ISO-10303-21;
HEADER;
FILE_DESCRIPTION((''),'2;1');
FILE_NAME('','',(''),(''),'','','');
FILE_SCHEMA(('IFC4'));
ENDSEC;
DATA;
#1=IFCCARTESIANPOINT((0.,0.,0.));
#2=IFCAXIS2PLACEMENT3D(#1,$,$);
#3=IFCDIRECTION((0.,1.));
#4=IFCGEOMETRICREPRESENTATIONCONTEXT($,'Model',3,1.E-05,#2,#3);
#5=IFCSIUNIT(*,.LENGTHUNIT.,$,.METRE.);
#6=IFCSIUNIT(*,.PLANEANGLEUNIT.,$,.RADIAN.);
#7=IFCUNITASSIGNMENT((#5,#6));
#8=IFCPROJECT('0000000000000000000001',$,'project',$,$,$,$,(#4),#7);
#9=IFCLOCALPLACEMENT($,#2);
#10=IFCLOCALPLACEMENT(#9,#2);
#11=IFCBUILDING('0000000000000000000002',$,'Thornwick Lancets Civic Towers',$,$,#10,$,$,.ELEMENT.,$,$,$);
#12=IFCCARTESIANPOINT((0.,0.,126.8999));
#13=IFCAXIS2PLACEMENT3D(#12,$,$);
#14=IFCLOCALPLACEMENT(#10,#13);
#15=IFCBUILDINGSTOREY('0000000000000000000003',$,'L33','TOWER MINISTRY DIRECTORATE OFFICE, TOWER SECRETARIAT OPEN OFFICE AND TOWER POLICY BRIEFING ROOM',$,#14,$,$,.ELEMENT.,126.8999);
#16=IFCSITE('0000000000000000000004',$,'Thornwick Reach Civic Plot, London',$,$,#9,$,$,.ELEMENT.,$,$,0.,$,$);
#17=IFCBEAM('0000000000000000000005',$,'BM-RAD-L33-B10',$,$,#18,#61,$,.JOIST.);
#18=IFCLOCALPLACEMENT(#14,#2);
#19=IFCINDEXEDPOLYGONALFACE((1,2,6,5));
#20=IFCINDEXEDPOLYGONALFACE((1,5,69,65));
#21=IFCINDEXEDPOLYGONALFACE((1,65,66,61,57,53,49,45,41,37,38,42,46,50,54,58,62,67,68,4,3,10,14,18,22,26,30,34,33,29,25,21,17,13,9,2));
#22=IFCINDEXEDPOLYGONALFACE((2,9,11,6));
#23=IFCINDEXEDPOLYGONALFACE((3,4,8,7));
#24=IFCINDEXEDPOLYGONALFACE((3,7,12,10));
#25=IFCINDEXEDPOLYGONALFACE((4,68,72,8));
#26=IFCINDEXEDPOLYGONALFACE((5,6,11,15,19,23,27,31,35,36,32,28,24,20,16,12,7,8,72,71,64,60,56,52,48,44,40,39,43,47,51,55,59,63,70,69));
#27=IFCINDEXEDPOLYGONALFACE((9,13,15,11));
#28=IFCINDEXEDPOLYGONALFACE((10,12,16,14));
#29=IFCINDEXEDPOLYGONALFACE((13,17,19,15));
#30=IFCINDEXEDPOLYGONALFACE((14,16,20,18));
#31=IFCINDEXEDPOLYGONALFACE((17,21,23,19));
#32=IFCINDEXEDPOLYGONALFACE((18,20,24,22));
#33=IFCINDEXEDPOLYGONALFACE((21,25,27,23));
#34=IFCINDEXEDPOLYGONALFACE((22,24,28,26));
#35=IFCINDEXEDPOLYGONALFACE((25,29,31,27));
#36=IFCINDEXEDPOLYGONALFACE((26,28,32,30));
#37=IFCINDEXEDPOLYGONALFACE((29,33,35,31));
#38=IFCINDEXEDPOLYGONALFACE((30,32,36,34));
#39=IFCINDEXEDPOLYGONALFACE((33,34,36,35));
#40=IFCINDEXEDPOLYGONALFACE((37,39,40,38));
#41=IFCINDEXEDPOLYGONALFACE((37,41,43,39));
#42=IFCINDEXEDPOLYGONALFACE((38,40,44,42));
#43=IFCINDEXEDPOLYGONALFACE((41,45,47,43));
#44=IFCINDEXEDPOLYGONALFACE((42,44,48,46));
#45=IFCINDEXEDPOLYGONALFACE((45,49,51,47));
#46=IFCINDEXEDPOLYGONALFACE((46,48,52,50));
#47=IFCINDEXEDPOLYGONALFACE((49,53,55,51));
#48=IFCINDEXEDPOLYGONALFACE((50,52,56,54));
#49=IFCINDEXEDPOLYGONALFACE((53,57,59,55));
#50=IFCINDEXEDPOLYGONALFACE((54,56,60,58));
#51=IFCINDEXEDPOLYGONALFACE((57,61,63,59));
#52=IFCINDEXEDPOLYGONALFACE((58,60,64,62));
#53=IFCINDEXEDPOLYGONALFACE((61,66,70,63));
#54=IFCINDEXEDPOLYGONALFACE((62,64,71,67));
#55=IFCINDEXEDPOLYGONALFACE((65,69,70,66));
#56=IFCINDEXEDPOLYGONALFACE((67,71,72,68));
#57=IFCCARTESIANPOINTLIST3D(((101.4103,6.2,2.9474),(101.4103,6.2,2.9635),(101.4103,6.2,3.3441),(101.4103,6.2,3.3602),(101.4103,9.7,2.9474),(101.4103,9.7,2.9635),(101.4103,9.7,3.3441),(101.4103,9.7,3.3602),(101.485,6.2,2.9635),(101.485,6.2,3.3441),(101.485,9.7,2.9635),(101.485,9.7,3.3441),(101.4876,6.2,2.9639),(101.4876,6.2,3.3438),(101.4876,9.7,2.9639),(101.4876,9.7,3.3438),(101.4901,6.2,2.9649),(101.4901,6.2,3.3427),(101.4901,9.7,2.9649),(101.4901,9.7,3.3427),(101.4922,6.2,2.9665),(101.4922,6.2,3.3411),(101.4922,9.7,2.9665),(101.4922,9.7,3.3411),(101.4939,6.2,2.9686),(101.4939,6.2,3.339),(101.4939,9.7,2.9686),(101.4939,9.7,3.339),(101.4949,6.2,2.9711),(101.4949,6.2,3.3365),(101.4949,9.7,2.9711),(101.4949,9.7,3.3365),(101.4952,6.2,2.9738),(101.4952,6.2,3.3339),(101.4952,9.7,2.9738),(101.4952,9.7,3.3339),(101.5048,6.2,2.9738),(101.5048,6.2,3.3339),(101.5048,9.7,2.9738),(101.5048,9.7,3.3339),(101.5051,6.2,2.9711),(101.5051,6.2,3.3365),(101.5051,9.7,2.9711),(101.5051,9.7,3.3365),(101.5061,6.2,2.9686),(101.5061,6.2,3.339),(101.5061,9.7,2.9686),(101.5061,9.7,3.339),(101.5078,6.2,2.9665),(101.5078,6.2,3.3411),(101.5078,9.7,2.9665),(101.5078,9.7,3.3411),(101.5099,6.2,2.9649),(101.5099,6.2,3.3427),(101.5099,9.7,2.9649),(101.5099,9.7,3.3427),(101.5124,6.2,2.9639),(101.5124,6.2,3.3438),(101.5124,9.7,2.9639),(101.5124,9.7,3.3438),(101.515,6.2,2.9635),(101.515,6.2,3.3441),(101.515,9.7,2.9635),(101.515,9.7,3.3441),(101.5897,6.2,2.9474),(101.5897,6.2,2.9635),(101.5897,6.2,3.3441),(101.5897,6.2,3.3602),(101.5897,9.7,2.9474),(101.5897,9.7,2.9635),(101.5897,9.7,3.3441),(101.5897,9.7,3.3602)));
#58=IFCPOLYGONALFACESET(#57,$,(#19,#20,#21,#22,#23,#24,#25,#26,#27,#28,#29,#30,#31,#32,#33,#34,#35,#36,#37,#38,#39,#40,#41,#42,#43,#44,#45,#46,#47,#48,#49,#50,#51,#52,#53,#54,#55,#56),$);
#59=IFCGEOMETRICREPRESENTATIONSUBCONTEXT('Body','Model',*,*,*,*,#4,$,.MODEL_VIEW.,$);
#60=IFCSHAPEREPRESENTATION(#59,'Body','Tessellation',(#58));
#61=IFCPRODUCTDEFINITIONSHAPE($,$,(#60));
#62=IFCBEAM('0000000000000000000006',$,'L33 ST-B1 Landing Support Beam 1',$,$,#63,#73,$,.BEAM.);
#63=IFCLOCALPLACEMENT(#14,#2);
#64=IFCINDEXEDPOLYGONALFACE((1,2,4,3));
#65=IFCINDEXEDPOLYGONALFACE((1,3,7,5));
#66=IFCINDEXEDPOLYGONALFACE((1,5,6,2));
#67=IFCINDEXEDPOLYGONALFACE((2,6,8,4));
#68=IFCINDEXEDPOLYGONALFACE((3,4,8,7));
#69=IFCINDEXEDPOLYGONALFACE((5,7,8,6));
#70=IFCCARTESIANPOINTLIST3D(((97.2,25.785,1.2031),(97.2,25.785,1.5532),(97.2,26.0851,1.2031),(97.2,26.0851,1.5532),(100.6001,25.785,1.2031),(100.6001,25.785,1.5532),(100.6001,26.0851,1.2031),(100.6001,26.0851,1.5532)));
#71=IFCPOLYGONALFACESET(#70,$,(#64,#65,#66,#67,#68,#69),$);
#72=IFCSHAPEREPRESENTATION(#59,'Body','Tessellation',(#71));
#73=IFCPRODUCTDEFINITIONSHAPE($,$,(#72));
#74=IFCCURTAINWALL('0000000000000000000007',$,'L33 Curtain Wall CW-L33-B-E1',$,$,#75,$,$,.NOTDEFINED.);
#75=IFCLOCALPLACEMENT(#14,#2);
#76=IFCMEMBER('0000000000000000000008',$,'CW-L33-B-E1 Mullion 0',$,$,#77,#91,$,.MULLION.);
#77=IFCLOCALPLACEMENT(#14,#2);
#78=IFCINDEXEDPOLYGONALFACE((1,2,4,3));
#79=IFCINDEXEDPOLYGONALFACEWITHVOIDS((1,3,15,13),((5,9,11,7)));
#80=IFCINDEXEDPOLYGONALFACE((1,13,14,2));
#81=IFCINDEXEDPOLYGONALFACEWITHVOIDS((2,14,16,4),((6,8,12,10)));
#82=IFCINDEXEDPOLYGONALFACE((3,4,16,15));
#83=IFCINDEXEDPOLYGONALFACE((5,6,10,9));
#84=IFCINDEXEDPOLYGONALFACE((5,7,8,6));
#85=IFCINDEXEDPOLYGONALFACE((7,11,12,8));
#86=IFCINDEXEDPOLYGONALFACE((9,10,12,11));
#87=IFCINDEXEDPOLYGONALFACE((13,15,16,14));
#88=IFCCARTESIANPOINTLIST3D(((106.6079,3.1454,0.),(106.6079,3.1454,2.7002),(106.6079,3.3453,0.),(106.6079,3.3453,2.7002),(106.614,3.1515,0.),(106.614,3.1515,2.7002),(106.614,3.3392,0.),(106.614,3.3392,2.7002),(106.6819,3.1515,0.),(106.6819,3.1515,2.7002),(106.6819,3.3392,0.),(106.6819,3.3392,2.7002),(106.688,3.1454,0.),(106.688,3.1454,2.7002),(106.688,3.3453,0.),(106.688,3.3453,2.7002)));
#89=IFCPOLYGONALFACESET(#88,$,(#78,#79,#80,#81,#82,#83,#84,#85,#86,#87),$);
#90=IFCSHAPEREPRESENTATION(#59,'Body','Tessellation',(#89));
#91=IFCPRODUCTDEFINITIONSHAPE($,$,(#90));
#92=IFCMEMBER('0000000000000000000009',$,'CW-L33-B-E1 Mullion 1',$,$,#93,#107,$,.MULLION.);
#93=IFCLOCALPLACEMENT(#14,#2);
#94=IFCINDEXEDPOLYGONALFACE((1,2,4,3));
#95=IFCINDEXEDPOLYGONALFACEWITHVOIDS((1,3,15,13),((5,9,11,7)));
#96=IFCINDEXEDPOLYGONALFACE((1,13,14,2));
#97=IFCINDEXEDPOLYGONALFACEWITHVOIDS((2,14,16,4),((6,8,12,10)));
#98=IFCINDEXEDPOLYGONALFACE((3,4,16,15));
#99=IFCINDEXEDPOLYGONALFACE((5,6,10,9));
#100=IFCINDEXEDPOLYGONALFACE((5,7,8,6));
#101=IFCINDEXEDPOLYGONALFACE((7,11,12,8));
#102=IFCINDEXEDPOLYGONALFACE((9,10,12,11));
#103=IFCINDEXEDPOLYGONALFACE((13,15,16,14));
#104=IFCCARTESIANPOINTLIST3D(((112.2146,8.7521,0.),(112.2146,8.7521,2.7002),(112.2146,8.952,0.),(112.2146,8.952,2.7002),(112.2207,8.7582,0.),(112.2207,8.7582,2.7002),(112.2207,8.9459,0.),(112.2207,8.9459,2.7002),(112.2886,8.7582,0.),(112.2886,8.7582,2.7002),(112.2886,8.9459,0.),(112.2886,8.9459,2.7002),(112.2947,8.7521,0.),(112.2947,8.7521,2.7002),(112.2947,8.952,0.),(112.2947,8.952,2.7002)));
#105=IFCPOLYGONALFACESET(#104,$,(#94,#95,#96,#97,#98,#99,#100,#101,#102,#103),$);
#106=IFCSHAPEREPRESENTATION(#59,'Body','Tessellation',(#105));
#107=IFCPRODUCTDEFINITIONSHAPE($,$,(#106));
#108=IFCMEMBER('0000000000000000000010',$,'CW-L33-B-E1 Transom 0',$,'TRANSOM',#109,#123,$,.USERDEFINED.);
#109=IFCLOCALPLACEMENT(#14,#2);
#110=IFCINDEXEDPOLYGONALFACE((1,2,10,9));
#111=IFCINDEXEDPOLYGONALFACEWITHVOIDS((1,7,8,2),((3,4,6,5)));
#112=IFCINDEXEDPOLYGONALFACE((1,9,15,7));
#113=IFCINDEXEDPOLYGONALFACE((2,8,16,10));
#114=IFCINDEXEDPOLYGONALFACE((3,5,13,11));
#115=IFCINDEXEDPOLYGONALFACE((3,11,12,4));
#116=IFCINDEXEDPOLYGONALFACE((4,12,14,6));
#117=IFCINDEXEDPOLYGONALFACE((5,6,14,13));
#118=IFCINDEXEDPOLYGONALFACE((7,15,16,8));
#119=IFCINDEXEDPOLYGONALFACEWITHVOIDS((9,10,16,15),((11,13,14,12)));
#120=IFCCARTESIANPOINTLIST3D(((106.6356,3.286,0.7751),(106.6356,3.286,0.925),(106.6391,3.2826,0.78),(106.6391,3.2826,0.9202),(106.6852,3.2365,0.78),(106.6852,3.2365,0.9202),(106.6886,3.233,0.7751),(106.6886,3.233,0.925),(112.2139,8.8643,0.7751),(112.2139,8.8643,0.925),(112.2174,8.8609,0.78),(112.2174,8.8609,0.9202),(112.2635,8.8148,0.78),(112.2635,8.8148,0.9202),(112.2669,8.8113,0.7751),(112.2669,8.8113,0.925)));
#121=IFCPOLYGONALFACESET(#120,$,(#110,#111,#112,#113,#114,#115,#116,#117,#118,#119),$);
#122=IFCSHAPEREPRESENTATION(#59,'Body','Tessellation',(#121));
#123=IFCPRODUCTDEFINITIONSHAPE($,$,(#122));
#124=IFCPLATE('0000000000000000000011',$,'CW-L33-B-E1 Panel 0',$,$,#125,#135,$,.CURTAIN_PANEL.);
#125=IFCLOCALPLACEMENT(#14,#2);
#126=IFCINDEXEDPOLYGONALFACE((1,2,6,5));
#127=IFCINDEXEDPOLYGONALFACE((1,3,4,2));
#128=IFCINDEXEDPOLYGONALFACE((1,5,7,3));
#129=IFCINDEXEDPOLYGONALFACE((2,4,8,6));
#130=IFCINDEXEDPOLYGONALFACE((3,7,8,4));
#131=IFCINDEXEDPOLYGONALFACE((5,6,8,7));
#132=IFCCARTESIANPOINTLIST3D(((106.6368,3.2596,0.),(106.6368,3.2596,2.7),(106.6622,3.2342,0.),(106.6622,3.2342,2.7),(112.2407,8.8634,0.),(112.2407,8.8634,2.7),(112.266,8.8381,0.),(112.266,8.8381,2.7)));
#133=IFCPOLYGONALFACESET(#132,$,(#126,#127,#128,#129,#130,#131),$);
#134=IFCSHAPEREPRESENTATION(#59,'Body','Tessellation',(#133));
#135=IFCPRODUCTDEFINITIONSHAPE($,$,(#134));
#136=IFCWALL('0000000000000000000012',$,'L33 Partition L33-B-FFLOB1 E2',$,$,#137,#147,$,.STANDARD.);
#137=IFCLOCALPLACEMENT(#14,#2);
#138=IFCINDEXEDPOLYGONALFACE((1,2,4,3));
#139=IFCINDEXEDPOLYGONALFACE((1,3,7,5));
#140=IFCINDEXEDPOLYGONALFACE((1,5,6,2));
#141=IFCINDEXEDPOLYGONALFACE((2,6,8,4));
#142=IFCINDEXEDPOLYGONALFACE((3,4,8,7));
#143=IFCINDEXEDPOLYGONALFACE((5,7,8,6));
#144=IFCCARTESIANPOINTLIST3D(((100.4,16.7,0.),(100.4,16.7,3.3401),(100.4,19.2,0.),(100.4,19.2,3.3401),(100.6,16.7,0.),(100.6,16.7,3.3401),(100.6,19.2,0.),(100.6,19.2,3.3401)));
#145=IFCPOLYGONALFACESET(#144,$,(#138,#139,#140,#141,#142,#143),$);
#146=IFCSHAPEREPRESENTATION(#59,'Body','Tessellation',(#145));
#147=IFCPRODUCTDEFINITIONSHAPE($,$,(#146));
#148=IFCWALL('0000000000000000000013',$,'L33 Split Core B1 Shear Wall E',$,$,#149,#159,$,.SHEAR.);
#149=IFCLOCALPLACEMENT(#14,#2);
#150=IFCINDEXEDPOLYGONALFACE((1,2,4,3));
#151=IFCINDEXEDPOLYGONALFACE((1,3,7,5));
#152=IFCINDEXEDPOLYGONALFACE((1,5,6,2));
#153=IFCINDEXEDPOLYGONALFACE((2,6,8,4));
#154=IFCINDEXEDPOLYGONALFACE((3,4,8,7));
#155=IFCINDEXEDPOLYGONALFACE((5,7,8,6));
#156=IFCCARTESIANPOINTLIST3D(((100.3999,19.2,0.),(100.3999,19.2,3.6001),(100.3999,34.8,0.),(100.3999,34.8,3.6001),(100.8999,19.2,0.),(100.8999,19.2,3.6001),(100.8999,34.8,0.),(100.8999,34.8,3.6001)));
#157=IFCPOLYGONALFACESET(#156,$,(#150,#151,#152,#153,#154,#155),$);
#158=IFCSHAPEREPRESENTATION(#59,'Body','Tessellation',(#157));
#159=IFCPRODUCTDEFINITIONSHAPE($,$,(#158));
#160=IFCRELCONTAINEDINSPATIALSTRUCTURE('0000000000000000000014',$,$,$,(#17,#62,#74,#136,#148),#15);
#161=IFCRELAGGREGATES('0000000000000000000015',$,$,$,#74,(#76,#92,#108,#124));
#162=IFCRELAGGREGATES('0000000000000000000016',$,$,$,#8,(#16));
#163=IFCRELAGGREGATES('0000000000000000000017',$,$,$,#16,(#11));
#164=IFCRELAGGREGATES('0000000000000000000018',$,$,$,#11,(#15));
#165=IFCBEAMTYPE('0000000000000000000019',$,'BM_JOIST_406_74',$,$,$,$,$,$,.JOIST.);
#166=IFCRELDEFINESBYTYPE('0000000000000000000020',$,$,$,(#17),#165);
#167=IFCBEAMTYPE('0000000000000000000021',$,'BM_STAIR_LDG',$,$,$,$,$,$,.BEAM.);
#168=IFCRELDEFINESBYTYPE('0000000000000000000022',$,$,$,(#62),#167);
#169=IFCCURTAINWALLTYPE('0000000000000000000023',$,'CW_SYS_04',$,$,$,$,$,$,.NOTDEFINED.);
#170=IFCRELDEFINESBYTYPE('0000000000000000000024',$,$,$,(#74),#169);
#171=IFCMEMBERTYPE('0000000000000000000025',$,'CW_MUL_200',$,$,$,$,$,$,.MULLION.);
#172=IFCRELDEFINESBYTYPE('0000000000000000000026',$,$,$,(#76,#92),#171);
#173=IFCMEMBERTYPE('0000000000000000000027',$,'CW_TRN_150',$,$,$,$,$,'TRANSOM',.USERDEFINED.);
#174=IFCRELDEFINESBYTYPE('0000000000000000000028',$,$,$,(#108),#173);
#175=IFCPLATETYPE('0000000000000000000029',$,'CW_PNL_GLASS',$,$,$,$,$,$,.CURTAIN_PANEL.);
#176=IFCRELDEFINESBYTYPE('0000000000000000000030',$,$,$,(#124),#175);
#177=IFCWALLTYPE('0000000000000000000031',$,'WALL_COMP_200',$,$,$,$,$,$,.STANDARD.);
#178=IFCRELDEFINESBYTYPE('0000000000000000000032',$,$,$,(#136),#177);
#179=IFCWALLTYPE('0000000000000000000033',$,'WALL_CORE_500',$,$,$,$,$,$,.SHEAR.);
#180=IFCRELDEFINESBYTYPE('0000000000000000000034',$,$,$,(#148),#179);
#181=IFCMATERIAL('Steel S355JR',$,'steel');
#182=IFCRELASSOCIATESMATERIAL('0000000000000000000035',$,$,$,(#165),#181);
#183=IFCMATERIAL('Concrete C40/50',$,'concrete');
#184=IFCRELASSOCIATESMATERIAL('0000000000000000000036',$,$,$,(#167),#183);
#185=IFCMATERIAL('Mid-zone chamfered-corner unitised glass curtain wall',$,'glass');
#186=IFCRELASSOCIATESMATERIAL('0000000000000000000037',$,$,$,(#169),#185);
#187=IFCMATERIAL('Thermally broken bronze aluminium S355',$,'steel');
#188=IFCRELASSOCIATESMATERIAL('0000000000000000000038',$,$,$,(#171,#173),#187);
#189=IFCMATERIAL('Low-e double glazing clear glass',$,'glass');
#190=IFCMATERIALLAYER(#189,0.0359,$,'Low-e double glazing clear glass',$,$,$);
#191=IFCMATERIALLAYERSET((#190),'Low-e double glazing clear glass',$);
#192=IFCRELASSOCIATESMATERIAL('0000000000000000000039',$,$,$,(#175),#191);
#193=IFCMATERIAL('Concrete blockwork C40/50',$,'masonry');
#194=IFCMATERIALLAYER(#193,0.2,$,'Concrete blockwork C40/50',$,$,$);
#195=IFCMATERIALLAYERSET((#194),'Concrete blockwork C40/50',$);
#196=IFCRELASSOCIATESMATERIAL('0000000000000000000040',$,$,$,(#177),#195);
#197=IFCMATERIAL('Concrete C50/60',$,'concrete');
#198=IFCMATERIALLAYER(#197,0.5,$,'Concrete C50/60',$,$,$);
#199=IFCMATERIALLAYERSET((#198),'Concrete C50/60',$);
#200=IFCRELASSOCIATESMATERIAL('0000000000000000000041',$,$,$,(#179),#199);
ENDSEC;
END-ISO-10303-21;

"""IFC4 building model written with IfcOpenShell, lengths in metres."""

from ifc_helpers import new_model, si_unit, direction, frame, frame_2d, origin, origin_2d, place, context, subcontext, project, spatial, rectangle, hollow_rectangle, i_section, extrude, material, layer, layer_set, material_profile, profile_set, type_object, element, aggregate, save


model = new_model("IFC4")

# Units and contexts
model_context = context("Model", 3, precision=1e-05, world=origin(), true_north=direction((0.0, 1.0)))
body_context = subcontext(model_context, "Body", "Model", "MODEL_VIEW")
ifc_project = project(units=[si_unit("LENGTHUNIT", "METRE"), si_unit("PLANEANGLEUNIT", "RADIAN")], contexts=[model_context])

# Site, building, storey
site_placement = place(None, origin())
site = spatial("IfcSite", under=ifc_project, at=site_placement, Name="Thornwick Reach Civic Plot, London", CompositionType="ELEMENT", RefElevation=0.0)
building_placement = place(site_placement, origin())
building = spatial("IfcBuilding", under=site, at=building_placement, Name="Thornwick Lancets Civic Towers", CompositionType="ELEMENT")
storey_placement = place(building_placement, frame((0.0, 0.0, 126.8999)))
storey = spatial("IfcBuildingStorey", under=building, at=storey_placement, Name="L33", Description="TOWER MINISTRY DIRECTORATE OFFICE, TOWER SECRETARIAT OPEN OFFICE AND TOWER POLICY BRIEFING ROOM", CompositionType="ELEMENT", Elevation=126.8999)

# Beams
ifc_material_1 = material(Name="Steel S355JR", Category="steel")
ifc_material_profile_1 = material_profile(ifc_material_1, i_section(OverallWidth=0.1794, OverallDepth=0.4128, WebThickness=0.0095, FlangeThickness=0.0161, FilletRadius=0.0103, at=origin_2d()), Name="UKB 406x178x74")
ifc_profile_set_1 = profile_set([ifc_material_profile_1], Name="Steel S355JR")
beam_type_1 = type_object("IfcBeamType", Name="BM_JOIST_406_74", PredefinedType="JOIST", material=ifc_profile_set_1)
for number, where, z_axis, x_axis, name in (
    (1, (101.5, 9.7, 3.1538), (0.0, -1.0, 0.0), (1.0, 0.0, 0.0), "BM-RAD-L33-B10"),
):
    element("IfcBeam", number, at=place(storey_placement, frame(where, z_axis=z_axis, x_axis=x_axis)), inside=storey, type_object=beam_type_1, Name=name, PredefinedType="JOIST", context=body_context, shape_type="SweptSolid", body=[
        extrude(i_section(OverallWidth=0.1794, OverallDepth=0.4128, WebThickness=0.0095, FlangeThickness=0.0161, FilletRadius=0.0103, at=origin_2d()), origin(), (0.0, 0.0, 1.0), 3.5),
    ])
ifc_material_2 = material(Name="Concrete C40/50", Category="concrete")
ifc_material_profile_2 = material_profile(ifc_material_2, rectangle(XDim=0.3, YDim=0.3501, at=origin_2d()), Name="RC 300x350")
ifc_profile_set_2 = profile_set([ifc_material_profile_2], Name="Concrete C40/50")
beam_type_2 = type_object("IfcBeamType", Name="BM_STAIR_LDG", PredefinedType="BEAM", material=ifc_profile_set_2)
beam_placement = place(storey_placement, frame((100.6001, 25.9351, 1.3782), z_axis=(-1.0, 0.0, 0.0), x_axis=(0.0, -1.0, 0.0)))
element("IfcBeam", 2, at=beam_placement, inside=storey, type_object=beam_type_2, Name="L33 ST-B1 Landing Support Beam 1", PredefinedType="BEAM", context=body_context, shape_type="SweptSolid", body=[
    extrude(rectangle(XDim=0.3, YDim=0.3501, at=origin_2d()), origin(), (0.0, 0.0, 1.0), 3.4001),
])

# Curtain wall, members, plate
ifc_material_3 = material(Name="Mid-zone chamfered-corner unitised glass curtain wall", Category="glass")
curtain_wall_type = type_object("IfcCurtainWallType", Name="CW_SYS_04", PredefinedType="NOTDEFINED", material=ifc_material_3)
curtain_wall_placement = place(storey_placement, origin())
curtain_wall = element("IfcCurtainWall", 3, at=curtain_wall_placement, inside=storey, type_object=curtain_wall_type, Name="L33 Curtain Wall CW-L33-B-E1", PredefinedType="NOTDEFINED")
ifc_material_4 = material(Name="Thermally broken bronze aluminium S355", Category="steel")
ifc_material_profile_3 = material_profile(ifc_material_4, hollow_rectangle(XDim=0.0801, YDim=0.2, WallThickness=0.0061, at=origin_2d()), Name="RHS 200x80x6")
ifc_profile_set_3 = profile_set([ifc_material_profile_3], Name="Thermally broken bronze aluminium S355")
member_type_1 = type_object("IfcMemberType", Name="CW_MUL_200", PredefinedType="MULLION", material=ifc_profile_set_3)
member_1_placement = place(storey_placement, frame((106.6479, 3.2454, 0.0), z_axis=(0.0, 0.0, 1.0), x_axis=(1.0, 0.0, 0.0)))
member_1 = element("IfcMember", 4, at=member_1_placement, type_object=member_type_1, Name="CW-L33-B-E1 Mullion 0", PredefinedType="MULLION", context=body_context, shape_type="SweptSolid", body=[
    extrude(hollow_rectangle(XDim=0.0801, YDim=0.2, WallThickness=0.0061, at=origin_2d()), origin(), (0.0, 0.0, 1.0), 2.7002),
])
member_2_placement = place(storey_placement, frame((112.2546, 8.8521, 0.0), z_axis=(0.0, 0.0, 1.0), x_axis=(1.0, 0.0, 0.0)))
member_2 = element("IfcMember", 5, at=member_2_placement, type_object=member_type_1, Name="CW-L33-B-E1 Mullion 1", PredefinedType="MULLION", context=body_context, shape_type="SweptSolid", body=[
    extrude(hollow_rectangle(XDim=0.0801, YDim=0.2, WallThickness=0.0061, at=origin_2d()), origin(), (0.0, 0.0, 1.0), 2.7002),
])
ifc_material_profile_4 = material_profile(ifc_material_4, hollow_rectangle(XDim=0.075, YDim=0.1499, WallThickness=0.0049, at=origin_2d()), Name="RHS 150x75x5")
ifc_profile_set_4 = profile_set([ifc_material_profile_4], Name="Thermally broken bronze aluminium S355")
member_type_2 = type_object("IfcMemberType", Name="CW_TRN_150", ElementType="TRANSOM", PredefinedType="USERDEFINED", material=ifc_profile_set_4)
member_3_placement = place(storey_placement, frame((106.6621, 3.2595, 0.8501), z_axis=(0.707107, 0.707107, 0.0), x_axis=(-0.707107, 0.707107, 0.0)))
member_3 = element("IfcMember", 6, at=member_3_placement, type_object=member_type_2, Name="CW-L33-B-E1 Transom 0", ObjectType="TRANSOM", PredefinedType="USERDEFINED", context=body_context, shape_type="SweptSolid", body=[
    extrude(hollow_rectangle(XDim=0.075, YDim=0.1499, WallThickness=0.0049, at=origin_2d()), origin(), (0.0, 0.0, 1.0), 7.8889),
])
ifc_material_5 = material(Name="Low-e double glazing clear glass", Category="glass")
ifc_layer_1 = layer(ifc_material_5, 0.0359, Name="Low-e double glazing clear glass")
ifc_layer_set_1 = layer_set([ifc_layer_1], Name="Low-e double glazing clear glass")
plate_type = type_object("IfcPlateType", Name="CW_PNL_GLASS", PredefinedType="CURTAIN_PANEL", material=ifc_layer_set_1)
plate_placement = place(storey_placement, frame((109.4514, 6.0488, 0.0), z_axis=(0.0, 0.0, 1.0), x_axis=(0.707107, 0.707107, 0.0)))
plate = element("IfcPlate", 7, at=plate_placement, type_object=plate_type, Name="CW-L33-B-E1 Panel 0", PredefinedType="CURTAIN_PANEL", context=body_context, shape_type="SweptSolid", body=[
    extrude(rectangle(XDim=7.925, YDim=0.0359, at=origin_2d()), origin(), (0.0, 0.0, 1.0), 2.7),
])
aggregate(curtain_wall, [member_1, member_2, member_3, plate])

# Walls
ifc_material_6 = material(Name="Concrete blockwork C40/50", Category="masonry")
ifc_layer_2 = layer(ifc_material_6, 0.2, Name="Concrete blockwork C40/50")
ifc_layer_set_2 = layer_set([ifc_layer_2], Name="Concrete blockwork C40/50")
wall_type_1 = type_object("IfcWallType", Name="WALL_COMP_200", PredefinedType="STANDARD", material=ifc_layer_set_2)
wall_1_placement = place(storey_placement, frame((100.5, 16.7, 0.0), z_axis=(0.0, 0.0, 1.0), x_axis=(0.0, 1.0, 0.0)))
element("IfcWall", 8, at=wall_1_placement, inside=storey, type_object=wall_type_1, Name="L33 Partition L33-B-FFLOB1 E2", PredefinedType="STANDARD", context=body_context, shape_type="SweptSolid", body=[
    extrude(rectangle(XDim=2.5, YDim=0.2, at=frame_2d((1.25, 0.0))), origin(), (0.0, 0.0, 1.0), 3.3401),
])
ifc_material_7 = material(Name="Concrete C50/60", Category="concrete")
ifc_layer_3 = layer(ifc_material_7, 0.5, Name="Concrete C50/60")
ifc_layer_set_3 = layer_set([ifc_layer_3], Name="Concrete C50/60")
wall_type_2 = type_object("IfcWallType", Name="WALL_CORE_500", PredefinedType="SHEAR", material=ifc_layer_set_3)
wall_2_placement = place(storey_placement, frame((100.6499, 19.2, 0.0), z_axis=(0.0, 0.0, 1.0), x_axis=(0.0, 1.0, 0.0)))
element("IfcWall", 9, at=wall_2_placement, inside=storey, type_object=wall_type_2, Name="L33 Split Core B1 Shear Wall E", PredefinedType="SHEAR", context=body_context, shape_type="SweptSolid", body=[
    extrude(rectangle(XDim=15.6001, YDim=0.5, at=frame_2d((7.8, 0.0))), origin(), (0.0, 0.0, 1.0), 3.6001),
])

save(model, "model.ifc")
